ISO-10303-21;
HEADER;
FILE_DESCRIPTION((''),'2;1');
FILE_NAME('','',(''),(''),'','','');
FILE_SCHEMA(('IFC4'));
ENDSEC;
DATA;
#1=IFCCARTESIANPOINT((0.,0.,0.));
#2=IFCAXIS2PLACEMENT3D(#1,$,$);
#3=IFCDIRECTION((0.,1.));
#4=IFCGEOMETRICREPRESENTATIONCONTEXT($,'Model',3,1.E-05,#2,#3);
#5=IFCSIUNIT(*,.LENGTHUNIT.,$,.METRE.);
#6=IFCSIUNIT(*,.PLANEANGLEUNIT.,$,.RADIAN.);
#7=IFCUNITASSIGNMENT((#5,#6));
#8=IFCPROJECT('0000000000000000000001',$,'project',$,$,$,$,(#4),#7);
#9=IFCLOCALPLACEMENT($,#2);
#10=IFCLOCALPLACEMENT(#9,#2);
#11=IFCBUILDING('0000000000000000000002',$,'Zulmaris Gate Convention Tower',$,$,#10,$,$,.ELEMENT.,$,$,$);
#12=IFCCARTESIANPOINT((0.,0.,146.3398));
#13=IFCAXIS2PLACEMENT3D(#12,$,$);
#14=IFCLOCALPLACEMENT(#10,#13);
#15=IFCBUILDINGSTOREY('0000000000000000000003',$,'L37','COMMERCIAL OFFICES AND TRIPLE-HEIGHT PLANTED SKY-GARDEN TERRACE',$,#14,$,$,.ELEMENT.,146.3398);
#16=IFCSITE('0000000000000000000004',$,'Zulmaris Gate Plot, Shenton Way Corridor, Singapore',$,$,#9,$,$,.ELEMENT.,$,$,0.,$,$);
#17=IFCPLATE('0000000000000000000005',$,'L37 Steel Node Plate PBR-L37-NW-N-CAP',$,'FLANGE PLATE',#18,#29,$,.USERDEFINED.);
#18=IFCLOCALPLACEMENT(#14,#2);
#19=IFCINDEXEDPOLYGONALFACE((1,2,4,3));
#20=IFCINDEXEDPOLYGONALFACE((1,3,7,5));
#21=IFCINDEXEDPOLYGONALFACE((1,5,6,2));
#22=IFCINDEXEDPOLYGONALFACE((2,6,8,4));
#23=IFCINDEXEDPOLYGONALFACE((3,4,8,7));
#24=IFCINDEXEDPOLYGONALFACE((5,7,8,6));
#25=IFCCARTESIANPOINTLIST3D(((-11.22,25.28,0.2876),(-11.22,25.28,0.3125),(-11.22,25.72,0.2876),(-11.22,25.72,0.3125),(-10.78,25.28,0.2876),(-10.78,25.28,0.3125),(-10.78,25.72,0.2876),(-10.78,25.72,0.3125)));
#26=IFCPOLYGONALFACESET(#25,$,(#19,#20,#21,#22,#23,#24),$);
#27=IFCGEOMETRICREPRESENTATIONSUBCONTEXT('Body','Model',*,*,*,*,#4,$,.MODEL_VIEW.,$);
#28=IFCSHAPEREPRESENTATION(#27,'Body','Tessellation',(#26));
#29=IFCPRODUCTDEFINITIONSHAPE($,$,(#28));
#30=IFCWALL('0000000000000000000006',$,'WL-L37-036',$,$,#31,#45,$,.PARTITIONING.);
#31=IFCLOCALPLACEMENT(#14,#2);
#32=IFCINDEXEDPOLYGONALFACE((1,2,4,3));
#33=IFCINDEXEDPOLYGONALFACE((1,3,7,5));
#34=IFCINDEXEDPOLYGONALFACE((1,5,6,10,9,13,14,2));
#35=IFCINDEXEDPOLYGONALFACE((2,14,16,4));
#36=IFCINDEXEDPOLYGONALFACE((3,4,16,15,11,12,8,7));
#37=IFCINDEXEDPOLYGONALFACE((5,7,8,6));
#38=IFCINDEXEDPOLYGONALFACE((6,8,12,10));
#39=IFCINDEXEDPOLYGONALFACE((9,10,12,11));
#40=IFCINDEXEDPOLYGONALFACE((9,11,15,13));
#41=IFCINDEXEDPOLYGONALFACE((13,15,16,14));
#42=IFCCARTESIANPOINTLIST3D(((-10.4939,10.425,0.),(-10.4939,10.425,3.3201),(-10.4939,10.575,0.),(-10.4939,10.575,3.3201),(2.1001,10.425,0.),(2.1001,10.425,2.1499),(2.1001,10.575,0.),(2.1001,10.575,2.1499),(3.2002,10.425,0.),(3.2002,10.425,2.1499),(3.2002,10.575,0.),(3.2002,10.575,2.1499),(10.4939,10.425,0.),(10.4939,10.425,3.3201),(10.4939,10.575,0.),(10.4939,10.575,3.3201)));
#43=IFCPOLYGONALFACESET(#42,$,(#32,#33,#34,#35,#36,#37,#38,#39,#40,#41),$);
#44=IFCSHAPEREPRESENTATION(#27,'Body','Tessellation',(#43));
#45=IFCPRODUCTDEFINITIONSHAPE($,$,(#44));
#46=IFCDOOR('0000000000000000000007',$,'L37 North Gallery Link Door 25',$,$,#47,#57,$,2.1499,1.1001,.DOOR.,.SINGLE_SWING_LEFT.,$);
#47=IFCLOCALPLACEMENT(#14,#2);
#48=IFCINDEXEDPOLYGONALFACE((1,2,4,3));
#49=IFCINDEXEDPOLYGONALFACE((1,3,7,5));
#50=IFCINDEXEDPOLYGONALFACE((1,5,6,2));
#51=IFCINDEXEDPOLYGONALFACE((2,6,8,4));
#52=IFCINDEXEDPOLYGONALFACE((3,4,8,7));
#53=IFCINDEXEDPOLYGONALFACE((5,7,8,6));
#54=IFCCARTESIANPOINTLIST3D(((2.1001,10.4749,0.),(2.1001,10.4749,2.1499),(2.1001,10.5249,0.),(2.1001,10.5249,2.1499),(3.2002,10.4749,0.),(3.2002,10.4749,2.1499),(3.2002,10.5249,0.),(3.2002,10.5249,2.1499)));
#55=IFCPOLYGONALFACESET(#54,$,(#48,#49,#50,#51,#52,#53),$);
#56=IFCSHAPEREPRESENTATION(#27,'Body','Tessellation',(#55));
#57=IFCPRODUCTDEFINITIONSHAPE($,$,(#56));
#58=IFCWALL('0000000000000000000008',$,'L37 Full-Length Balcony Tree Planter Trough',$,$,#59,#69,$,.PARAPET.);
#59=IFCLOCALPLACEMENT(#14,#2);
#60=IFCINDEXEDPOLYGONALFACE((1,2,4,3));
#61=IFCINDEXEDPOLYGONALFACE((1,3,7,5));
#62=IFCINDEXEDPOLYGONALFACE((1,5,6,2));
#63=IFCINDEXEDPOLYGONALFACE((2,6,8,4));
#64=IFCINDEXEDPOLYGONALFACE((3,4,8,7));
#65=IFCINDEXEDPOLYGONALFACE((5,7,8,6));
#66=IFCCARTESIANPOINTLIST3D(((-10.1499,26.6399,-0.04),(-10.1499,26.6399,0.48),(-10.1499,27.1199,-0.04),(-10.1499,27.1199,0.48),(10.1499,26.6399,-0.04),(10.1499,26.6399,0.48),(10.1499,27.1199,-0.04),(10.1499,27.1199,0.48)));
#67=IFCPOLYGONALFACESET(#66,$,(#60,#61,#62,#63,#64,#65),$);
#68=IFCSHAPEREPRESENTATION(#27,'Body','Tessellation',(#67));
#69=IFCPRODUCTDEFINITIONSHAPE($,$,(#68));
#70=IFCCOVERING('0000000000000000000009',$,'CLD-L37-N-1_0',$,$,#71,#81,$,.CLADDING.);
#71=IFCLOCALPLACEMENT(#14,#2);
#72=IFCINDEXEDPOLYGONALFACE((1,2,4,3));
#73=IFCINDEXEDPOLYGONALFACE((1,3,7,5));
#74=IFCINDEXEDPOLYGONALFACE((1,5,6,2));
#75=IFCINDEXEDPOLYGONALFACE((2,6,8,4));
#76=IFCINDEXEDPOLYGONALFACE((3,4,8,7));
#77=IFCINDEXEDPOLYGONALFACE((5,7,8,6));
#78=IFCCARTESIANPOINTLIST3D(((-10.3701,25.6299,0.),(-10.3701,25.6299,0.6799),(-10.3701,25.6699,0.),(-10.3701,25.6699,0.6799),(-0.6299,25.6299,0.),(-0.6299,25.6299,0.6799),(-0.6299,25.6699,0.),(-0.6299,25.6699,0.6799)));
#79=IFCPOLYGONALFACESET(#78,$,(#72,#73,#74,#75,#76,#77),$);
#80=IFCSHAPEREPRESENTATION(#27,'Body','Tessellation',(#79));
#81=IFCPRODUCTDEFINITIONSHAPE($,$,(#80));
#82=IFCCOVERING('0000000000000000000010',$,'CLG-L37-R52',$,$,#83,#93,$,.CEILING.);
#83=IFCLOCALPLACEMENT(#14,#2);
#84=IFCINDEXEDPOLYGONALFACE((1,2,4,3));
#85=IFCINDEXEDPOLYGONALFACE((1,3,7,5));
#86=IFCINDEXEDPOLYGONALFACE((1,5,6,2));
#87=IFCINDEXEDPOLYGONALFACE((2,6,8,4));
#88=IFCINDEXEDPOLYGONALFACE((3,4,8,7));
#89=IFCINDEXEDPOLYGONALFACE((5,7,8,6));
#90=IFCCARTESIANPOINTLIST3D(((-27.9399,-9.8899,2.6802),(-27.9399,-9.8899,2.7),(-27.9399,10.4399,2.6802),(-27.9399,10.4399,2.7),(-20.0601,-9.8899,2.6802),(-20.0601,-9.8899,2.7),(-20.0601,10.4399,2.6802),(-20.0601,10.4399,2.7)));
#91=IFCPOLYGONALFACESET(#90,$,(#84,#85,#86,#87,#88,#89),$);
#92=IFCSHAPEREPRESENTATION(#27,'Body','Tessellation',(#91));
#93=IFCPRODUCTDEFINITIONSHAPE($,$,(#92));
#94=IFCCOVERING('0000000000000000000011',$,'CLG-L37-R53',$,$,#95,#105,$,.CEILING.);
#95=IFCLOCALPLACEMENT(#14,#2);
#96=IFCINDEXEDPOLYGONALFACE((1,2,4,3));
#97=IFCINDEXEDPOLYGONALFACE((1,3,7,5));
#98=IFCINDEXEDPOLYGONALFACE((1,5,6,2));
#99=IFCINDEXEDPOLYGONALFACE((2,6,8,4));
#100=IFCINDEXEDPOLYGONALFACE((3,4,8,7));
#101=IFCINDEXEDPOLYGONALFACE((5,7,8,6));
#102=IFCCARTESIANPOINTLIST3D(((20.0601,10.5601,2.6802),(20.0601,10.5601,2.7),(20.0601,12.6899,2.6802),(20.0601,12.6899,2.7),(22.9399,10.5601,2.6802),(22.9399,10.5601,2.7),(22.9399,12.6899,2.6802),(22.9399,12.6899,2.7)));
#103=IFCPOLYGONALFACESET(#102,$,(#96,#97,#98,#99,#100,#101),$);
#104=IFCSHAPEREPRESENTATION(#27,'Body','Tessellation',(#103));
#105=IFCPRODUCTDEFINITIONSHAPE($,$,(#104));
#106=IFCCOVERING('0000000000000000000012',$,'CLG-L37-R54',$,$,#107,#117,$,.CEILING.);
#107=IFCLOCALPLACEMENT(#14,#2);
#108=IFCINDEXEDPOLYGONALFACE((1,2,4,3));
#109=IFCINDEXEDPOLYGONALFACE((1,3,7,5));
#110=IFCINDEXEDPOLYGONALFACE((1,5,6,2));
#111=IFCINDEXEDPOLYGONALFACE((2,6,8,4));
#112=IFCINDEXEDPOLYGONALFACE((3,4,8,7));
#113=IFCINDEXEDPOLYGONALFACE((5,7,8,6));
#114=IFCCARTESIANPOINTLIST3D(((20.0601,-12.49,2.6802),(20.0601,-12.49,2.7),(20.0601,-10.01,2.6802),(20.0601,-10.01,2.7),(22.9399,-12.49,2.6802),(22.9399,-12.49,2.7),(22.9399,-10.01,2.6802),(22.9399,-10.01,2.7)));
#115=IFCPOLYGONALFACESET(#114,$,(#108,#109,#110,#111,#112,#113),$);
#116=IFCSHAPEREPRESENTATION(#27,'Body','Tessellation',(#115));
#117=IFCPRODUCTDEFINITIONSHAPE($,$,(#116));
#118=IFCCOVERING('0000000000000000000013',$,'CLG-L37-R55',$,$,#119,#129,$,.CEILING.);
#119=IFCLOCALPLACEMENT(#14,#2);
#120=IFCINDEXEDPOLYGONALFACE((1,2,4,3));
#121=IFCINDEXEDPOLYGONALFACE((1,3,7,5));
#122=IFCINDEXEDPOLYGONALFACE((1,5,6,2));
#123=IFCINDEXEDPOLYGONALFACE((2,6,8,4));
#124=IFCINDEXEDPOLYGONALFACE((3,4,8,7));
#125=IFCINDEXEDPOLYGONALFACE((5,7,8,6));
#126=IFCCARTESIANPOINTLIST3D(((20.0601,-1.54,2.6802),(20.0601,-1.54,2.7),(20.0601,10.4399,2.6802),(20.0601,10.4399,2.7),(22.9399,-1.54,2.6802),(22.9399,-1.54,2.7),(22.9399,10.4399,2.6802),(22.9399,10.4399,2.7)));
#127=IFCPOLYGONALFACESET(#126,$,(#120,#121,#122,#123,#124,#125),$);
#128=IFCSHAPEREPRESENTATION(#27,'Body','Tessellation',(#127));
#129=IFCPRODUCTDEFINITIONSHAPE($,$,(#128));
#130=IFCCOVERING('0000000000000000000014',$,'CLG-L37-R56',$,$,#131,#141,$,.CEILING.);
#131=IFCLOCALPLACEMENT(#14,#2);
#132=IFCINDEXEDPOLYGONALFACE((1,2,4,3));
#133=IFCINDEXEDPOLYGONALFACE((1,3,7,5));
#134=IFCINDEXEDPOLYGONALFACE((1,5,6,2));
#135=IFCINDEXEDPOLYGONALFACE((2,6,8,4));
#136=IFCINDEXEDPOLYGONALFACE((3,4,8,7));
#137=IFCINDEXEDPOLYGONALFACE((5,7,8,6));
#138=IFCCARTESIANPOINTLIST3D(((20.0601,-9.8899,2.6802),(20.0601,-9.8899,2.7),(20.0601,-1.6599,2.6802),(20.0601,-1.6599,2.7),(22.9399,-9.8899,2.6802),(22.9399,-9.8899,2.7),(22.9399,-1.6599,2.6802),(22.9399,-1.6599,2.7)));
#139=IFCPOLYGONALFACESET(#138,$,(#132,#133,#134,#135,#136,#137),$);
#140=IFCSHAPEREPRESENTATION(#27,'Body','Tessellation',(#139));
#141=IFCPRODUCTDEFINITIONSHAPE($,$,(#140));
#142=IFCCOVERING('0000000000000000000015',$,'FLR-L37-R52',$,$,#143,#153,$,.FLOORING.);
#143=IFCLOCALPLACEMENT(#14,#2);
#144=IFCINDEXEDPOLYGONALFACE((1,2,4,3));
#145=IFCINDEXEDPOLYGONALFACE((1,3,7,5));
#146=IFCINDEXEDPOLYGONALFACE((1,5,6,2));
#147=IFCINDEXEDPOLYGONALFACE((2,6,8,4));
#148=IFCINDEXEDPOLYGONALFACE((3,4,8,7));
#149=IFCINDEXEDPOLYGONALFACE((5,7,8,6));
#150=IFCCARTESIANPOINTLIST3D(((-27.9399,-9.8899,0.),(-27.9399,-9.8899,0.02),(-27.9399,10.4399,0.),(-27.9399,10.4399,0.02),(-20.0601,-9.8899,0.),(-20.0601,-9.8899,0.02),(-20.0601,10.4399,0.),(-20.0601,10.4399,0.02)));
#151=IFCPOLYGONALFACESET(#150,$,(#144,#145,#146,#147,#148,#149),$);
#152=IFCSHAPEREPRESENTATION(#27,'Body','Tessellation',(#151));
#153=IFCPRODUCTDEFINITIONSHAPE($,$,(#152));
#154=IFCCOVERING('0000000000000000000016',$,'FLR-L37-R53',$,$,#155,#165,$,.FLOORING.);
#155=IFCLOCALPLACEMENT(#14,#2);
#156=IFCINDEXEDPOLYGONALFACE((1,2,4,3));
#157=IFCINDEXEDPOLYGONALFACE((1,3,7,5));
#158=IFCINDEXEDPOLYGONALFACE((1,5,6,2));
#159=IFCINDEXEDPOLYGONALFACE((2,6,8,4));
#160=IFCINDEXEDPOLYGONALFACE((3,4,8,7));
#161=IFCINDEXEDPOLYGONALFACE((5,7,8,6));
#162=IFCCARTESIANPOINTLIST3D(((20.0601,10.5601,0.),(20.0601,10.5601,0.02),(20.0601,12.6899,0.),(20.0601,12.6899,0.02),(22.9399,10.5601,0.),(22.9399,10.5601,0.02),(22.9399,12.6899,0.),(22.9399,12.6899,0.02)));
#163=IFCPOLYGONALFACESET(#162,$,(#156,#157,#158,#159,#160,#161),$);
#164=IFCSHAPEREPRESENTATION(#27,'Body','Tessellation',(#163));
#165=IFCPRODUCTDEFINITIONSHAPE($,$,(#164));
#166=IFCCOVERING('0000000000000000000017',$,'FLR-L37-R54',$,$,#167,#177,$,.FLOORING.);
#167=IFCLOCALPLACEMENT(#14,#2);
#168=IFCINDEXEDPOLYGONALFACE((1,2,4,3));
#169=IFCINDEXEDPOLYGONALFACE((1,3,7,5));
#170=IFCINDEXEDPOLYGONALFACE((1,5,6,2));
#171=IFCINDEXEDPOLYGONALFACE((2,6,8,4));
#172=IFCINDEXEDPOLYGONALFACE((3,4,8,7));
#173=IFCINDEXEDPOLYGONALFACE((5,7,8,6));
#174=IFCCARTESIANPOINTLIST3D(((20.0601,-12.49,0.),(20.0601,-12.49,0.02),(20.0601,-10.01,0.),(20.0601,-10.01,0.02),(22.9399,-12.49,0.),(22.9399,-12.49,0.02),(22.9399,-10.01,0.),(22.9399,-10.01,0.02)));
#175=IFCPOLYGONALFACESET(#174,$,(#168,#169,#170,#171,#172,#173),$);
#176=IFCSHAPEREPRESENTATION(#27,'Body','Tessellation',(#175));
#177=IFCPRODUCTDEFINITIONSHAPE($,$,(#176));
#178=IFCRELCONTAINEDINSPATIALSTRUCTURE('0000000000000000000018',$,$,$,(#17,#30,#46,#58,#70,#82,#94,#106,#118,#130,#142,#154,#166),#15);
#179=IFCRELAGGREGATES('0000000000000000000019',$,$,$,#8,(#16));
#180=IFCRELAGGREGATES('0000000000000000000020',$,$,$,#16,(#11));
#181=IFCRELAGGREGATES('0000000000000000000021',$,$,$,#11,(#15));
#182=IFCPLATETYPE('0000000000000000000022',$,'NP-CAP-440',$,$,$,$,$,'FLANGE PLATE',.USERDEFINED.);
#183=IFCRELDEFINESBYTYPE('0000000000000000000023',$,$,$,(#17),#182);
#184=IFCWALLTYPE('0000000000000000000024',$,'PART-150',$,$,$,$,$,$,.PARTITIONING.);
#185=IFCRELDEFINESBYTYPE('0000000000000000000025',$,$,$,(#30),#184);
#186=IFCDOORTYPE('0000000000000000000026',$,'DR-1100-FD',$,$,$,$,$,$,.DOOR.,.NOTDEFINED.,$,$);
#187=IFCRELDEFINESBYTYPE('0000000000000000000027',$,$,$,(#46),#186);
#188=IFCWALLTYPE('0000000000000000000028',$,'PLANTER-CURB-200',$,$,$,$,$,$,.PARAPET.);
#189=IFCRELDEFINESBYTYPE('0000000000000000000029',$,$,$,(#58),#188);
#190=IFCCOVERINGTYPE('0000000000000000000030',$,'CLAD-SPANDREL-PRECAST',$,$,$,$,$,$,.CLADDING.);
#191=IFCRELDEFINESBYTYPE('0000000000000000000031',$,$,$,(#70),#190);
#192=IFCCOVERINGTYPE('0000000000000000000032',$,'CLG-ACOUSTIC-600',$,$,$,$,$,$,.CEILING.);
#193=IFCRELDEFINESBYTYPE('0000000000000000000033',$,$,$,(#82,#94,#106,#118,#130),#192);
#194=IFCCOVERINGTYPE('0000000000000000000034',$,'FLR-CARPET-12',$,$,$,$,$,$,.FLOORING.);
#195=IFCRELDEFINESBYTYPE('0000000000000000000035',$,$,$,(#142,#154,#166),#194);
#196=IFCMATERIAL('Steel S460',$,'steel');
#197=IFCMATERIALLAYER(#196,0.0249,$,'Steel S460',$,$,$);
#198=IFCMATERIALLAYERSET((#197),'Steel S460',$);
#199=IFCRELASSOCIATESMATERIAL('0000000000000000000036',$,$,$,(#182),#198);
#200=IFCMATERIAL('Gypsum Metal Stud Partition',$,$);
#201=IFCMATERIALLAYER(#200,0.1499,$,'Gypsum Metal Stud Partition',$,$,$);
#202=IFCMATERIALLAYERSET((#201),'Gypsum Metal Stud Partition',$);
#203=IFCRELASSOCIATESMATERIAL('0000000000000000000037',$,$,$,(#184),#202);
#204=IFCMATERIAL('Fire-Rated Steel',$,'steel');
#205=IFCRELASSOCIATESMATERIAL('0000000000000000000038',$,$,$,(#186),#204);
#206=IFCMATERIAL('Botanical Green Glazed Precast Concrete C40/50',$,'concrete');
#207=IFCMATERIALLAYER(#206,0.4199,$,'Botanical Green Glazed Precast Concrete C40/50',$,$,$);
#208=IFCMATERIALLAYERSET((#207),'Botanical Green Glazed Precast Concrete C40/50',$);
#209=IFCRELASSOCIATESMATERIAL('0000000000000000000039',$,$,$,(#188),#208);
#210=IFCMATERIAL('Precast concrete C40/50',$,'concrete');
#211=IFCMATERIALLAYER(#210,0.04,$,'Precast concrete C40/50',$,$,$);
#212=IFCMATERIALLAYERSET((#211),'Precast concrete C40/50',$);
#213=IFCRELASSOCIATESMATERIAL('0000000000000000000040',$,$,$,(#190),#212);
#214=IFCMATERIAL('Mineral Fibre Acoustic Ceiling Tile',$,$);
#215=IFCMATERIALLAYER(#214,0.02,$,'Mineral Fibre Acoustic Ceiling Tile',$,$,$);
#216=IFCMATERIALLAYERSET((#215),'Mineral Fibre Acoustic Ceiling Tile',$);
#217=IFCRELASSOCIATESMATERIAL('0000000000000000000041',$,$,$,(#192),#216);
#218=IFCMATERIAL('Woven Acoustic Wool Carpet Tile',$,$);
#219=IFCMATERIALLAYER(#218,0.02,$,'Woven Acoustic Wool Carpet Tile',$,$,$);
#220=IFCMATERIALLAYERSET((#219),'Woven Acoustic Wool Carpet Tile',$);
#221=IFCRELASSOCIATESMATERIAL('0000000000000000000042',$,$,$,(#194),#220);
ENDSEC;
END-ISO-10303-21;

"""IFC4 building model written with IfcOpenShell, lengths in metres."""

from ifc_helpers import new_model, si_unit, direction, frame, frame_2d, origin, origin_2d, place, context, subcontext, project, spatial, polyline, rectangle, outline, extrude, material, layer, layer_set, type_object, element, fill, save


model = new_model("IFC4")

# Units and contexts
model_context = context("Model", 3, precision=1e-05, world=origin(), true_north=direction((0.0, 1.0)))
body_context = subcontext(model_context, "Body", "Model", "MODEL_VIEW")
ifc_project = project(units=[si_unit("LENGTHUNIT", "METRE"), si_unit("PLANEANGLEUNIT", "RADIAN")], contexts=[model_context])

# Site, building, storey
site_placement = place(None, origin())
site = spatial("IfcSite", under=ifc_project, at=site_placement, Name="Zulmaris Gate Plot, Shenton Way Corridor, Singapore", CompositionType="ELEMENT", RefElevation=0.0)
building_placement = place(site_placement, origin())
building = spatial("IfcBuilding", under=site, at=building_placement, Name="Zulmaris Gate Convention Tower", CompositionType="ELEMENT")
storey_placement = place(building_placement, frame((0.0, 0.0, 146.3398)))
storey = spatial("IfcBuildingStorey", under=building, at=storey_placement, Name="L37", Description="COMMERCIAL OFFICES AND TRIPLE-HEIGHT PLANTED SKY-GARDEN TERRACE", CompositionType="ELEMENT", Elevation=146.3398)

# Shared definitions
ifc_material_1 = material(Name="Steel S460", Category="steel")

# Plate
ifc_layer_1 = layer(ifc_material_1, 0.0249, Name="Steel S460")
ifc_layer_set_1 = layer_set([ifc_layer_1], Name="Steel S460")
plate_type = type_object("IfcPlateType", Name="NP-CAP-440", ElementType="FLANGE PLATE", PredefinedType="USERDEFINED", material=ifc_layer_set_1)
plate_placement = place(storey_placement, frame((-11.0, 25.5, 0.2876), z_axis=(0.0, 0.0, 1.0), x_axis=(1.0, 0.0, 0.0)))
element("IfcPlate", 1, at=plate_placement, inside=storey, type_object=plate_type, Name="L37 Steel Node Plate PBR-L37-NW-N-CAP", ObjectType="FLANGE PLATE", PredefinedType="USERDEFINED", context=body_context, shape_type="SweptSolid", body=[
    extrude(rectangle(XDim=0.4399, YDim=0.4399, at=origin_2d()), origin(), (0.0, 0.0, 1.0), 0.0249),
])

# Wall, opening, door
ifc_material_2 = material(Name="Gypsum Metal Stud Partition")
ifc_layer_2 = layer(ifc_material_2, 0.1499, Name="Gypsum Metal Stud Partition")
ifc_layer_set_2 = layer_set([ifc_layer_2], Name="Gypsum Metal Stud Partition")
wall_type_1 = type_object("IfcWallType", Name="PART-150", PredefinedType="PARTITIONING", material=ifc_layer_set_2)
wall_1_placement = place(storey_placement, frame((-10.4939, 10.5, 0.0), z_axis=(0.0, 0.0, 1.0), x_axis=(1.0, 0.0, 0.0)))
wall_1 = element("IfcWall", 2, at=wall_1_placement, inside=storey, type_object=wall_type_1, Name="WL-L37-036", PredefinedType="PARTITIONING", context=body_context, shape_type="SweptSolid", body=[
    extrude(rectangle(XDim=20.9878, YDim=0.1499, at=frame_2d((10.4939, 0.0))), origin(), (0.0, 0.0, 1.0), 3.3201),
])
opening_1_placement = place(wall_1_placement, frame((12.594, 0.0, 0.0)))
opening_1 = element("IfcOpeningElement", 3, at=opening_1_placement, cuts=wall_1, PredefinedType="OPENING", context=body_context, shape_type="SweptSolid", body=[
    extrude(rectangle(XDim=1.1001, YDim=2.1499, at=frame_2d((0.55, 1.075))), frame((0.0, 0.085, 0.0), z_axis=(0.0, -1.0, 0.0), x_axis=(1.0, 0.0, 0.0)), (0.0, 0.0, 1.0), 0.1699),
])
ifc_material_3 = material(Name="Fire-Rated Steel", Category="steel")
door_type_1 = type_object("IfcDoorType", Name="DR-1100-FD", OperationType="NOTDEFINED", PredefinedType="DOOR", material=ifc_material_3)
door_1_placement = place(opening_1_placement, origin())
door_1 = element("IfcDoor", 4, at=door_1_placement, inside=storey, type_object=door_type_1, Name="L37 North Gallery Link Door 25", OperationType="SINGLE_SWING_LEFT", OverallHeight=2.1499, OverallWidth=1.1001, PredefinedType="DOOR", context=body_context, shape_type="SweptSolid", body=[
    extrude(rectangle(XDim=1.1001, YDim=2.1499, at=frame_2d((0.55, 1.075))), frame((0.0, 0.0249, 0.0), z_axis=(0.0, -1.0, 0.0), x_axis=(1.0, 0.0, 0.0)), (0.0, 0.0, 1.0), 0.05),
])
fill(opening_1, door_1)

# Wall
ifc_material_4 = material(Name="Botanical Green Glazed Precast Concrete C40/50", Category="concrete")
ifc_layer_3 = layer(ifc_material_4, 0.4199, Name="Botanical Green Glazed Precast Concrete C40/50")
ifc_layer_set_3 = layer_set([ifc_layer_3], Name="Botanical Green Glazed Precast Concrete C40/50")
wall_type_2 = type_object("IfcWallType", Name="PLANTER-CURB-200", PredefinedType="PARAPET", material=ifc_layer_set_3)
wall_2_placement = place(storey_placement, frame((-10.1499, 26.8799, -0.04), z_axis=(0.0, 0.0, 1.0), x_axis=(1.0, 0.0, 0.0)))
element("IfcWall", 5, at=wall_2_placement, inside=storey, type_object=wall_type_2, Name="L37 Full-Length Balcony Tree Planter Trough", PredefinedType="PARAPET", context=body_context, shape_type="SweptSolid", body=[
    extrude(rectangle(XDim=20.2998, YDim=0.48, at=frame_2d((10.1499, 0.0))), origin(), (0.0, 0.0, 1.0), 0.52),
])

# Shared definitions
ifc_material_5 = material(Name="Precast concrete C40/50", Category="concrete")

# Coverings
ifc_layer_4 = layer(ifc_material_5, 0.04, Name="Precast concrete C40/50")
ifc_layer_set_4 = layer_set([ifc_layer_4], Name="Precast concrete C40/50")
covering_type_1 = type_object("IfcCoveringType", Name="CLAD-SPANDREL-PRECAST", PredefinedType="CLADDING", material=ifc_layer_set_4)
covering_1_placement = place(storey_placement, frame((-0.6299, 25.6499, 0.0), z_axis=(0.0, 0.0, 1.0), x_axis=(-1.0, 0.0, 0.0)))
element("IfcCovering", 6, at=covering_1_placement, inside=storey, type_object=covering_type_1, Name="CLD-L37-N-1_0", PredefinedType="CLADDING", context=body_context, shape_type="SweptSolid", body=[
    extrude(rectangle(XDim=9.7402, YDim=0.04, at=frame_2d((4.8701, 0.0))), origin(), (0.0, 0.0, 1.0), 0.6799),
])
ifc_material_6 = material(Name="Mineral Fibre Acoustic Ceiling Tile")
ifc_layer_5 = layer(ifc_material_6, 0.02, Name="Mineral Fibre Acoustic Ceiling Tile")
ifc_layer_set_5 = layer_set([ifc_layer_5], Name="Mineral Fibre Acoustic Ceiling Tile")
covering_type_2 = type_object("IfcCoveringType", Name="CLG-ACOUSTIC-600", PredefinedType="CEILING", material=ifc_layer_set_5)
covering_2_placement = place(storey_placement, frame((0.0, 0.0, 2.6802)))
element("IfcCovering", 7, at=covering_2_placement, inside=storey, type_object=covering_type_2, Name="CLG-L37-R52", PredefinedType="CEILING", context=body_context, shape_type="SweptSolid", body=[
    extrude(outline(polyline([(-27.9399, -9.8899), (-20.0601, -9.8899), (-20.0601, 10.4399), (-27.9399, 10.4399), (-27.9399, -9.8899)])), origin(), (0.0, 0.0, 1.0), 0.0198),
])
covering_3_placement = place(storey_placement, frame((0.0, 0.0, 2.6802)))
element("IfcCovering", 8, at=covering_3_placement, inside=storey, type_object=covering_type_2, Name="CLG-L37-R53", PredefinedType="CEILING", context=body_context, shape_type="SweptSolid", body=[
    extrude(outline(polyline([(20.0601, 10.5601), (22.9399, 10.5601), (22.9399, 12.6899), (20.0601, 12.6899), (20.0601, 10.5601)])), origin(), (0.0, 0.0, 1.0), 0.0198),
])
covering_4_placement = place(storey_placement, frame((0.0, 0.0, 2.6802)))
element("IfcCovering", 9, at=covering_4_placement, inside=storey, type_object=covering_type_2, Name="CLG-L37-R54", PredefinedType="CEILING", context=body_context, shape_type="SweptSolid", body=[
    extrude(outline(polyline([(20.0601, -12.49), (22.9399, -12.49), (22.9399, -10.01), (20.0601, -10.01), (20.0601, -12.49)])), origin(), (0.0, 0.0, 1.0), 0.0198),
])
covering_5_placement = place(storey_placement, frame((0.0, 0.0, 2.6802)))
element("IfcCovering", 10, at=covering_5_placement, inside=storey, type_object=covering_type_2, Name="CLG-L37-R55", PredefinedType="CEILING", context=body_context, shape_type="SweptSolid", body=[
    extrude(outline(polyline([(20.0601, -1.54), (22.9399, -1.54), (22.9399, 10.4399), (20.0601, 10.4399), (20.0601, -1.54)])), origin(), (0.0, 0.0, 1.0), 0.0198),
])
covering_6_placement = place(storey_placement, frame((0.0, 0.0, 2.6802)))
element("IfcCovering", 11, at=covering_6_placement, inside=storey, type_object=covering_type_2, Name="CLG-L37-R56", PredefinedType="CEILING", context=body_context, shape_type="SweptSolid", body=[
    extrude(outline(polyline([(20.0601, -9.8899), (22.9399, -9.8899), (22.9399, -1.6599), (20.0601, -1.6599), (20.0601, -9.8899)])), origin(), (0.0, 0.0, 1.0), 0.0198),
])
ifc_material_7 = material(Name="Woven Acoustic Wool Carpet Tile")
ifc_layer_6 = layer(ifc_material_7, 0.02, Name="Woven Acoustic Wool Carpet Tile")
ifc_layer_set_6 = layer_set([ifc_layer_6], Name="Woven Acoustic Wool Carpet Tile")
covering_type_3 = type_object("IfcCoveringType", Name="FLR-CARPET-12", PredefinedType="FLOORING", material=ifc_layer_set_6)
covering_7_placement = place(storey_placement, origin())
element("IfcCovering", 12, at=covering_7_placement, inside=storey, type_object=covering_type_3, Name="FLR-L37-R52", PredefinedType="FLOORING", context=body_context, shape_type="SweptSolid", body=[
    extrude(outline(polyline([(-27.9399, -9.8899), (-20.0601, -9.8899), (-20.0601, 10.4399), (-27.9399, 10.4399), (-27.9399, -9.8899)])), origin(), (0.0, 0.0, 1.0), 0.02),
])
covering_8_placement = place(storey_placement, origin())
element("IfcCovering", 13, at=covering_8_placement, inside=storey, type_object=covering_type_3, Name="FLR-L37-R53", PredefinedType="FLOORING", context=body_context, shape_type="SweptSolid", body=[
    extrude(outline(polyline([(20.0601, 10.5601), (22.9399, 10.5601), (22.9399, 12.6899), (20.0601, 12.6899), (20.0601, 10.5601)])), origin(), (0.0, 0.0, 1.0), 0.02),
])
covering_9_placement = place(storey_placement, origin())
element("IfcCovering", 14, at=covering_9_placement, inside=storey, type_object=covering_type_3, Name="FLR-L37-R54", PredefinedType="FLOORING", context=body_context, shape_type="SweptSolid", body=[
    extrude(outline(polyline([(20.0601, -12.49), (22.9399, -12.49), (22.9399, -10.01), (20.0601, -10.01), (20.0601, -12.49)])), origin(), (0.0, 0.0, 1.0), 0.02),
])

save(model, "model.ifc")
